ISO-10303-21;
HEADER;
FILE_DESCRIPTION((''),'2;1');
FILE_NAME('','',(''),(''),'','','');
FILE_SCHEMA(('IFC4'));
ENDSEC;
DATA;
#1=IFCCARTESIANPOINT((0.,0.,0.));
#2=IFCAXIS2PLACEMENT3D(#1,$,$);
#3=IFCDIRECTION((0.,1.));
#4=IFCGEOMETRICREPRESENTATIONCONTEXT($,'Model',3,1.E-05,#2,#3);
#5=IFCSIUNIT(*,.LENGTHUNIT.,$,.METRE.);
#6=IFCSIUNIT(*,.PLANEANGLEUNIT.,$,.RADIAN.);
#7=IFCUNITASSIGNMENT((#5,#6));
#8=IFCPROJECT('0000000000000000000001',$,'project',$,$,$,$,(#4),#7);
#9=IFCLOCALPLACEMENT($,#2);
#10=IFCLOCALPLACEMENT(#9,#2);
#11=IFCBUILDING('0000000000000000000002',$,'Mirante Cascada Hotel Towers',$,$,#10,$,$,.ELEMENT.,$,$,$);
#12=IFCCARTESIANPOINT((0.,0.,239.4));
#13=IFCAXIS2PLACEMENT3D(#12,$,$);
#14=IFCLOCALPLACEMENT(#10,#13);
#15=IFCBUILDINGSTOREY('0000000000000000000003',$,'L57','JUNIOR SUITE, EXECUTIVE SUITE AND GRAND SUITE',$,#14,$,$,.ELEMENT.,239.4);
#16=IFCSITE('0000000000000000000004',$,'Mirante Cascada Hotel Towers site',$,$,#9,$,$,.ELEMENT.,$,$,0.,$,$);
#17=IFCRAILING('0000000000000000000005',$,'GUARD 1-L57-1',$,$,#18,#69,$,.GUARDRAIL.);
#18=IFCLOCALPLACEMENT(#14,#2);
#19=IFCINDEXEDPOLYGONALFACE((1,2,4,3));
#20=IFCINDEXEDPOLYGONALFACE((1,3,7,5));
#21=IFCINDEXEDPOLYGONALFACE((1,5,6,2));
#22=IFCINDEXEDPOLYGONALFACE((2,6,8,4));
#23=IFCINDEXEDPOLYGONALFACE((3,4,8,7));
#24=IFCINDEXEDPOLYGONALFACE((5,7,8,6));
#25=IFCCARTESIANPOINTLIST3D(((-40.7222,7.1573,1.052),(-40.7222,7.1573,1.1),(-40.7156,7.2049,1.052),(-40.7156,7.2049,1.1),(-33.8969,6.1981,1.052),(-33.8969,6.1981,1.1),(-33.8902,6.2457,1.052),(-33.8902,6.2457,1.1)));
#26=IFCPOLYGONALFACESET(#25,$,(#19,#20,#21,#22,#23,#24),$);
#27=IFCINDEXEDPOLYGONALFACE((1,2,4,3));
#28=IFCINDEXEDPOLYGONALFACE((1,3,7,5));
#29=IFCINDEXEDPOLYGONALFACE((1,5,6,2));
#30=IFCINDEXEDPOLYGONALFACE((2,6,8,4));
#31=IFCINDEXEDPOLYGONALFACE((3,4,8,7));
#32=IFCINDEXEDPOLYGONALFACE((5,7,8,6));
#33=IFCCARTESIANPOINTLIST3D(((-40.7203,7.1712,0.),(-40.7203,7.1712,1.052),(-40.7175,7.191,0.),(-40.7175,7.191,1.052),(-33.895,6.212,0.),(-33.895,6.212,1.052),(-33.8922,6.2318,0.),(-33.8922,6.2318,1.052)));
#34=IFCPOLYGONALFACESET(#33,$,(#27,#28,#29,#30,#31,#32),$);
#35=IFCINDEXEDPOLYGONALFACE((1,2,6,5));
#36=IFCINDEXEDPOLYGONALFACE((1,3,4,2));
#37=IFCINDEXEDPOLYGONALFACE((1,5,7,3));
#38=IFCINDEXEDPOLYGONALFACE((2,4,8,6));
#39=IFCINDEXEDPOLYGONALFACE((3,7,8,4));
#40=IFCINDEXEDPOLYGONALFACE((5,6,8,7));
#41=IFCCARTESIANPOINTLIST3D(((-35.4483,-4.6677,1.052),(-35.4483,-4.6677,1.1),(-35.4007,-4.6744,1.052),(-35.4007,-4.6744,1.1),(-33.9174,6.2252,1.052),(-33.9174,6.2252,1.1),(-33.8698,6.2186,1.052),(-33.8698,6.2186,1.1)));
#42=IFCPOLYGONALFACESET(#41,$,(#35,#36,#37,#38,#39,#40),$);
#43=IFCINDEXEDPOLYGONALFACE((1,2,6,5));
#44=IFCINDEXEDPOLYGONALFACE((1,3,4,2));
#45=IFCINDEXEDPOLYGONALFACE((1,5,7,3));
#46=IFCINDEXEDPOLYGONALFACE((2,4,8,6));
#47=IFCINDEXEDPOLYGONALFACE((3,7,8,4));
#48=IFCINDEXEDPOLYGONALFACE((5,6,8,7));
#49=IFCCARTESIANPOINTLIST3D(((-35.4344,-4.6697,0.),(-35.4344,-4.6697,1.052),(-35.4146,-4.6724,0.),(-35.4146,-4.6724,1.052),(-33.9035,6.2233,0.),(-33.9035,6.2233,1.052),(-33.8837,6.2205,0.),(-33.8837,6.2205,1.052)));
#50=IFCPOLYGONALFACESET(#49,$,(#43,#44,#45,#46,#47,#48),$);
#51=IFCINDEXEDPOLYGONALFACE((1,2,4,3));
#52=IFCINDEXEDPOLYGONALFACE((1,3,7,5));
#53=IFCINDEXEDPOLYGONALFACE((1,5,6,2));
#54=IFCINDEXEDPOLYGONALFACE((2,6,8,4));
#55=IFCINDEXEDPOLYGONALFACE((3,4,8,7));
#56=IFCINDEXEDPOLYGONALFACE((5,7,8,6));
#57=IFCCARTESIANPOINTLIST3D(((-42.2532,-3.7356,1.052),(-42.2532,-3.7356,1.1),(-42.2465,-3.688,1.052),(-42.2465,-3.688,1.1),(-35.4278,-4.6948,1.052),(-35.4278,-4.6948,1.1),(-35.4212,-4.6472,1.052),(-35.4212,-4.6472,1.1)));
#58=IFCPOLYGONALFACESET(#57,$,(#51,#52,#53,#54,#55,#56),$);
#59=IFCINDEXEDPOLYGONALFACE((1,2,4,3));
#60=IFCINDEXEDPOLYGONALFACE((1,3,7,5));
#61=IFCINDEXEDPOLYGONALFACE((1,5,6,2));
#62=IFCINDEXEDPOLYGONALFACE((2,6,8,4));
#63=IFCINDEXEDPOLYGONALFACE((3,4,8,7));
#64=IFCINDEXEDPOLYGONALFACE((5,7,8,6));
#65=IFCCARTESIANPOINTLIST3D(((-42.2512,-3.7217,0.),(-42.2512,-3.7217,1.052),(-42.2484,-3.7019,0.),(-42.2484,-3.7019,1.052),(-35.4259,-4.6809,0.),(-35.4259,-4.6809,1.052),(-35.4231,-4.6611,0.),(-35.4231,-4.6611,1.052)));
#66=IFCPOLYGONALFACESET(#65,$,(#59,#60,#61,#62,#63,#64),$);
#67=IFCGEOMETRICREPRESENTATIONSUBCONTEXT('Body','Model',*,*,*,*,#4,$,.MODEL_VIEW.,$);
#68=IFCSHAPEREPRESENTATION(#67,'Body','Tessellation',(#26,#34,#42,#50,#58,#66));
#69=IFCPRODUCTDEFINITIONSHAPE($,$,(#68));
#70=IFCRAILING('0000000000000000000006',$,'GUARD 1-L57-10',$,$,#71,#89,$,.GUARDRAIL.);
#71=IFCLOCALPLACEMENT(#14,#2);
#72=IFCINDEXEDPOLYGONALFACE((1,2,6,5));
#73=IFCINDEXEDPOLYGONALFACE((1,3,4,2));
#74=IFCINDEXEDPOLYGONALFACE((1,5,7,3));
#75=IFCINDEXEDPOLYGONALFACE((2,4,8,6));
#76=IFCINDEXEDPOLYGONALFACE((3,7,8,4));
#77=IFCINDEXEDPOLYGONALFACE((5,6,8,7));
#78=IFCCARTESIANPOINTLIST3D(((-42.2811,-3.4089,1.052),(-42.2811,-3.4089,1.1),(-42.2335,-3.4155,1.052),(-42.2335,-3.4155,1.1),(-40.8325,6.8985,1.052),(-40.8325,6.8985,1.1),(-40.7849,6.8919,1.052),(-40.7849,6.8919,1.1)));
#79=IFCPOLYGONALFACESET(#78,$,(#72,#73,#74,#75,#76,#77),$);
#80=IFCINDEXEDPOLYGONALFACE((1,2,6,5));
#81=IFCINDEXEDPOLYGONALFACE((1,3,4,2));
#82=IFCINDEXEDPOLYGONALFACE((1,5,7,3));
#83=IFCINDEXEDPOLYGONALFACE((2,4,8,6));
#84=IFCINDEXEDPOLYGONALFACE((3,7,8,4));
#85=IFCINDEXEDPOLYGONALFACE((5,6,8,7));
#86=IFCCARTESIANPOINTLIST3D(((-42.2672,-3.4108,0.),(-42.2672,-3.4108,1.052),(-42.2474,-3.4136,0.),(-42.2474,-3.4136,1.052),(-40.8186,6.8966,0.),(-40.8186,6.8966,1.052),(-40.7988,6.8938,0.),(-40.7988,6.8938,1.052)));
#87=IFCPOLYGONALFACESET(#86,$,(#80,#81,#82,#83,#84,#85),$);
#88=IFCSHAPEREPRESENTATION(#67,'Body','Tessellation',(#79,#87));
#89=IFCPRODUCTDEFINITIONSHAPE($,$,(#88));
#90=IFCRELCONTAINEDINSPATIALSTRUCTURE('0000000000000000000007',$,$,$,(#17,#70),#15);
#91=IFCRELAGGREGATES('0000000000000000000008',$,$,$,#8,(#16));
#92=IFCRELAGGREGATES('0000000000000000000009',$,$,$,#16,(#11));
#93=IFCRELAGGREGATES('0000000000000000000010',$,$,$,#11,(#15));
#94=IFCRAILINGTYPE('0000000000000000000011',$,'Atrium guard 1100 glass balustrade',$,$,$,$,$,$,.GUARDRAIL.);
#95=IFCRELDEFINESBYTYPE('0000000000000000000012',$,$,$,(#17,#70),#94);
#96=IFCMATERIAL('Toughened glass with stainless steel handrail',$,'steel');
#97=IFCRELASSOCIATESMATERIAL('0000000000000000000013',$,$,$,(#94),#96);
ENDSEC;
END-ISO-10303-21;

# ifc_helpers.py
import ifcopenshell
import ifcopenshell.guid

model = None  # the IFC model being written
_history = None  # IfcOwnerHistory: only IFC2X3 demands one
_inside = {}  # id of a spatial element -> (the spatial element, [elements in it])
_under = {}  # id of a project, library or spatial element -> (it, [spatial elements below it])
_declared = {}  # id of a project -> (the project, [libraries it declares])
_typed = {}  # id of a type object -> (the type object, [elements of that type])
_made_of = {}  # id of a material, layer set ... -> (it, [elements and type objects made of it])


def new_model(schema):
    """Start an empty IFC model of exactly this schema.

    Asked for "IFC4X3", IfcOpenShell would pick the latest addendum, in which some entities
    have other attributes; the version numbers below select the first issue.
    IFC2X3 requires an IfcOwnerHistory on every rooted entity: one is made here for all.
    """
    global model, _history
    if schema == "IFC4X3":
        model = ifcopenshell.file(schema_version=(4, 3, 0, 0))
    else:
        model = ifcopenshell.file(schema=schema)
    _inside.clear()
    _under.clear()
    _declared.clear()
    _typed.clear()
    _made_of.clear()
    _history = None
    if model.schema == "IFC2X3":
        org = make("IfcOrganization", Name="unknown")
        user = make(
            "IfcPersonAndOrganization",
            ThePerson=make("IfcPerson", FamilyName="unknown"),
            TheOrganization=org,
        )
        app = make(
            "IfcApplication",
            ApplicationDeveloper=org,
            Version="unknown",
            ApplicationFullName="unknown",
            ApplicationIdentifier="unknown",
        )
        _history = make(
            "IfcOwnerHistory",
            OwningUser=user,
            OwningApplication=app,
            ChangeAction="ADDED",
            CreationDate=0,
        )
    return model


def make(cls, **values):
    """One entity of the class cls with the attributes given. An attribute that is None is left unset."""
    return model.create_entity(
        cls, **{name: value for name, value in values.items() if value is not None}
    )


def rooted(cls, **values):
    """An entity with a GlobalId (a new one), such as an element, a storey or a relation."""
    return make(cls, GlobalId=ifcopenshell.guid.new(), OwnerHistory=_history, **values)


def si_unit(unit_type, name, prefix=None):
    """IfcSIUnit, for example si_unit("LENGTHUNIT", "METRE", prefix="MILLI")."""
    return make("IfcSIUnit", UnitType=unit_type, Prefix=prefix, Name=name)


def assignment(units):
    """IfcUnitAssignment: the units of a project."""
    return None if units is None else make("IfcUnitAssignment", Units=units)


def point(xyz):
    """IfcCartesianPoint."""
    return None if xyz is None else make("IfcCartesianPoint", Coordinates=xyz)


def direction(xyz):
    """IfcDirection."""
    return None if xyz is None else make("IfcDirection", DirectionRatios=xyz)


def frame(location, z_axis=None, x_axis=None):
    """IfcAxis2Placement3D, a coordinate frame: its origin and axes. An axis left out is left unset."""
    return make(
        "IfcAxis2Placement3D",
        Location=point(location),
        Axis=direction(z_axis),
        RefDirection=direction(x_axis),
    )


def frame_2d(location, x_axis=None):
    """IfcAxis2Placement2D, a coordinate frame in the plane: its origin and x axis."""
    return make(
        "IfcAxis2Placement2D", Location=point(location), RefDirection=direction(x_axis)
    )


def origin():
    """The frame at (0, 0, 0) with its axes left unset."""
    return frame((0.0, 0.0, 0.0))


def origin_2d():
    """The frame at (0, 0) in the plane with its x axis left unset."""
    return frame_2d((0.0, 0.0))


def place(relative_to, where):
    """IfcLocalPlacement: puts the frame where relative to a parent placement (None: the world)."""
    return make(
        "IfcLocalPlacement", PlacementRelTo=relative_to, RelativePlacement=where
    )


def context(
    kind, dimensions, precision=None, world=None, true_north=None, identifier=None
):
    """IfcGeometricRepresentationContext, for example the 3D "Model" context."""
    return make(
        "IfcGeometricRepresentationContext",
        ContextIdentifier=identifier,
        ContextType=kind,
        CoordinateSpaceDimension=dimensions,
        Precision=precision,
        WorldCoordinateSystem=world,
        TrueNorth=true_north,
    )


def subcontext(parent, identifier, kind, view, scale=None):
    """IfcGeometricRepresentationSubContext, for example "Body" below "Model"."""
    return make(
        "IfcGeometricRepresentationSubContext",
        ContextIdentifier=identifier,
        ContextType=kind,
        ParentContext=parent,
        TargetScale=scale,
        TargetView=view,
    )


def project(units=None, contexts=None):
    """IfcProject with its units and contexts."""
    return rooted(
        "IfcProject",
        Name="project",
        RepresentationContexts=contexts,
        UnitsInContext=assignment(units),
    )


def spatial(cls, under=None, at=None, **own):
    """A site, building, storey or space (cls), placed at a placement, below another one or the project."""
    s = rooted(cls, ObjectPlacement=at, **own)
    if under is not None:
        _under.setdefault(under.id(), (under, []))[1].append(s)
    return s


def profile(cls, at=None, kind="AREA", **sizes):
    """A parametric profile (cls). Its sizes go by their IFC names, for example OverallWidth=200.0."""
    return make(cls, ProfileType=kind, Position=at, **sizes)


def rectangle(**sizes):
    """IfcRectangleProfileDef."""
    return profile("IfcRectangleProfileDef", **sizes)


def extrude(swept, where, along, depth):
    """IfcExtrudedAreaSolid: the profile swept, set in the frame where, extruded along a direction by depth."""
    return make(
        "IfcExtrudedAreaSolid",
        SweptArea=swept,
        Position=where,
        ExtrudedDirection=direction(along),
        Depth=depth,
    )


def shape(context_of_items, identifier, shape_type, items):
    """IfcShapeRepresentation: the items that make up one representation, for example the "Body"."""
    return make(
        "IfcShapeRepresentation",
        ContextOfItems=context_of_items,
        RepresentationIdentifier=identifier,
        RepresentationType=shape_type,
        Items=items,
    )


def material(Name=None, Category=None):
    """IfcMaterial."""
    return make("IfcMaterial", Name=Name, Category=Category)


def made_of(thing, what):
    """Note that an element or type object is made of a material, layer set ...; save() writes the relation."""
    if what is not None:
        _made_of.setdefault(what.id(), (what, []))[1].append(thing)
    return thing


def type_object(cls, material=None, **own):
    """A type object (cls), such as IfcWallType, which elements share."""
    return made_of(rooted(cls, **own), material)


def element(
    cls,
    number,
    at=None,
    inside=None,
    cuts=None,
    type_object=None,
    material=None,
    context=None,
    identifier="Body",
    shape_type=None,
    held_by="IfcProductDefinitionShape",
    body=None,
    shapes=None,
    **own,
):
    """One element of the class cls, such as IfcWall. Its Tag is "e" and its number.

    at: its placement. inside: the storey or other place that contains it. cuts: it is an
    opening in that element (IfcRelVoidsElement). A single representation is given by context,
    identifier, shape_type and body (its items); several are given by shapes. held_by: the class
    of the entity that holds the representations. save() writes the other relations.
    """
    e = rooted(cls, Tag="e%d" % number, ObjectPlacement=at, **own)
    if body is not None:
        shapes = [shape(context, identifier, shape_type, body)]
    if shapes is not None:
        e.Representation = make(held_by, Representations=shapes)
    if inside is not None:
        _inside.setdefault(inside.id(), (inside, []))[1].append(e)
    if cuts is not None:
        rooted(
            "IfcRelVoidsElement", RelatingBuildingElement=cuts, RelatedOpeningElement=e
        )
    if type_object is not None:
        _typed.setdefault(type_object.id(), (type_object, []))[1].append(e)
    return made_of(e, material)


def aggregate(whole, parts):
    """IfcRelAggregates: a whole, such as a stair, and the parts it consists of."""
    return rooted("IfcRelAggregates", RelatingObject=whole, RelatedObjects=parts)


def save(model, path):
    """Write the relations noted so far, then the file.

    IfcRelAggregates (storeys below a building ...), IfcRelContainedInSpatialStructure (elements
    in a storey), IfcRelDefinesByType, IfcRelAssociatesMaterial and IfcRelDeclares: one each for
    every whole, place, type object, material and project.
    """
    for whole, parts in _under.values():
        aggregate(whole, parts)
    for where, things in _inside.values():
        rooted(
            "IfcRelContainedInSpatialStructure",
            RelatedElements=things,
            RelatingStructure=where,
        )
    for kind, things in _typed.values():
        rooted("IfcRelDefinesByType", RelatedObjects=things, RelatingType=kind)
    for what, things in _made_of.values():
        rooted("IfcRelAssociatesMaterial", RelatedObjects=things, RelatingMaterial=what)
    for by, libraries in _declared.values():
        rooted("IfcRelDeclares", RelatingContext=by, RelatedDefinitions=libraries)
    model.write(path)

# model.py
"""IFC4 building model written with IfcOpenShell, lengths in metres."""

from ifc_helpers import new_model, si_unit, direction, frame, origin, origin_2d, place, context, subcontext, project, spatial, rectangle, extrude, material, type_object, element, save


model = new_model("IFC4")

# Units and contexts
model_context = context("Model", 3, precision=1e-05, world=origin(), true_north=direction((0.0, 1.0)))
body_context = subcontext(model_context, "Body", "Model", "MODEL_VIEW")
ifc_project = project(units=[si_unit("LENGTHUNIT", "METRE"), si_unit("PLANEANGLEUNIT", "RADIAN")], contexts=[model_context])

# Site, building, storey
site_placement = place(None, origin())
site = spatial("IfcSite", under=ifc_project, at=site_placement, Name="Mirante Cascada Hotel Towers site", CompositionType="ELEMENT", RefElevation=0.0)
building_placement = place(site_placement, origin())
building = spatial("IfcBuilding", under=site, at=building_placement, Name="Mirante Cascada Hotel Towers", CompositionType="ELEMENT")
storey_placement = place(building_placement, frame((0.0, 0.0, 239.4)))
storey = spatial("IfcBuildingStorey", under=building, at=storey_placement, Name="L57", Description="JUNIOR SUITE, EXECUTIVE SUITE AND GRAND SUITE", CompositionType="ELEMENT", Elevation=239.4)

# Railings
ifc_material_1 = material(Name="Toughened glass with stainless steel handrail", Category="steel")
railing_type = type_object("IfcRailingType", Name="Atrium guard 1100 glass balustrade", PredefinedType="GUARDRAIL", material=ifc_material_1)
railing_1_placement = place(storey_placement, frame((-40.7189, 7.1811, 0.0)))
element("IfcRailing", 1, at=railing_1_placement, inside=storey, type_object=railing_type, Name="GUARD 1-L57-1", PredefinedType="GUARDRAIL", context=body_context, shape_type="SweptSolid", body=[
    extrude(rectangle(XDim=0.048, YDim=0.048, at=origin_2d()), frame((0.0, 0.0, 1.076), z_axis=(0.990269, -0.139168, 0.0), x_axis=(0.139168, 0.990269, 0.0)), (0.0, 0.0, 1.0), 6.8924),
    extrude(rectangle(XDim=0.02, YDim=1.052, at=origin_2d()), frame((0.0, 0.0, 0.526), z_axis=(0.990269, -0.139168, 0.0), x_axis=(0.139168, 0.990269, 0.0)), (0.0, 0.0, 1.0), 6.8924),
    extrude(rectangle(XDim=0.048, YDim=0.048, at=origin_2d()), frame((6.8253, -0.9592, 1.076), z_axis=(-0.139173, -0.990268, 0.0), x_axis=(0.990268, -0.139173, 0.0)), (0.0, 0.0, 1.0), 11.0),
    extrude(rectangle(XDim=0.02, YDim=1.052, at=origin_2d()), frame((6.8253, -0.9592, 0.526), z_axis=(-0.139173, -0.990268, 0.0), x_axis=(0.990268, -0.139173, 0.0)), (0.0, 0.0, 1.0), 11.0),
    extrude(rectangle(XDim=0.048, YDim=0.048, at=origin_2d()), frame((5.2944, -11.8521, 1.076), z_axis=(-0.990269, 0.139168, 0.0), x_axis=(-0.139168, -0.990269, 0.0)), (0.0, 0.0, 1.0), 6.8924),
    extrude(rectangle(XDim=0.02, YDim=1.052, at=origin_2d()), frame((5.2944, -11.8521, 0.526), z_axis=(-0.990269, 0.139168, 0.0), x_axis=(-0.139168, -0.990269, 0.0)), (0.0, 0.0, 1.0), 6.8924),
])
railing_2_placement = place(storey_placement, frame((-40.8087, 6.8952, 0.0)))
element("IfcRailing", 2, at=railing_2_placement, inside=storey, type_object=railing_type, Name="GUARD 1-L57-10", PredefinedType="GUARDRAIL", context=body_context, shape_type="SweptSolid", body=[
    extrude(rectangle(XDim=0.048, YDim=0.048, at=origin_2d()), frame((0.0, 0.0, 1.076), z_axis=(-0.139172, -0.990268, 0.0), x_axis=(0.990268, -0.139172, 0.0)), (0.0, 0.0, 1.0), 10.4087),
    extrude(rectangle(XDim=0.02, YDim=1.052, at=origin_2d()), frame((0.0, 0.0, 0.526), z_axis=(-0.139172, -0.990268, 0.0), x_axis=(0.990268, -0.139172, 0.0)), (0.0, 0.0, 1.0), 10.4087),
])

save(model, "model.ifc")
